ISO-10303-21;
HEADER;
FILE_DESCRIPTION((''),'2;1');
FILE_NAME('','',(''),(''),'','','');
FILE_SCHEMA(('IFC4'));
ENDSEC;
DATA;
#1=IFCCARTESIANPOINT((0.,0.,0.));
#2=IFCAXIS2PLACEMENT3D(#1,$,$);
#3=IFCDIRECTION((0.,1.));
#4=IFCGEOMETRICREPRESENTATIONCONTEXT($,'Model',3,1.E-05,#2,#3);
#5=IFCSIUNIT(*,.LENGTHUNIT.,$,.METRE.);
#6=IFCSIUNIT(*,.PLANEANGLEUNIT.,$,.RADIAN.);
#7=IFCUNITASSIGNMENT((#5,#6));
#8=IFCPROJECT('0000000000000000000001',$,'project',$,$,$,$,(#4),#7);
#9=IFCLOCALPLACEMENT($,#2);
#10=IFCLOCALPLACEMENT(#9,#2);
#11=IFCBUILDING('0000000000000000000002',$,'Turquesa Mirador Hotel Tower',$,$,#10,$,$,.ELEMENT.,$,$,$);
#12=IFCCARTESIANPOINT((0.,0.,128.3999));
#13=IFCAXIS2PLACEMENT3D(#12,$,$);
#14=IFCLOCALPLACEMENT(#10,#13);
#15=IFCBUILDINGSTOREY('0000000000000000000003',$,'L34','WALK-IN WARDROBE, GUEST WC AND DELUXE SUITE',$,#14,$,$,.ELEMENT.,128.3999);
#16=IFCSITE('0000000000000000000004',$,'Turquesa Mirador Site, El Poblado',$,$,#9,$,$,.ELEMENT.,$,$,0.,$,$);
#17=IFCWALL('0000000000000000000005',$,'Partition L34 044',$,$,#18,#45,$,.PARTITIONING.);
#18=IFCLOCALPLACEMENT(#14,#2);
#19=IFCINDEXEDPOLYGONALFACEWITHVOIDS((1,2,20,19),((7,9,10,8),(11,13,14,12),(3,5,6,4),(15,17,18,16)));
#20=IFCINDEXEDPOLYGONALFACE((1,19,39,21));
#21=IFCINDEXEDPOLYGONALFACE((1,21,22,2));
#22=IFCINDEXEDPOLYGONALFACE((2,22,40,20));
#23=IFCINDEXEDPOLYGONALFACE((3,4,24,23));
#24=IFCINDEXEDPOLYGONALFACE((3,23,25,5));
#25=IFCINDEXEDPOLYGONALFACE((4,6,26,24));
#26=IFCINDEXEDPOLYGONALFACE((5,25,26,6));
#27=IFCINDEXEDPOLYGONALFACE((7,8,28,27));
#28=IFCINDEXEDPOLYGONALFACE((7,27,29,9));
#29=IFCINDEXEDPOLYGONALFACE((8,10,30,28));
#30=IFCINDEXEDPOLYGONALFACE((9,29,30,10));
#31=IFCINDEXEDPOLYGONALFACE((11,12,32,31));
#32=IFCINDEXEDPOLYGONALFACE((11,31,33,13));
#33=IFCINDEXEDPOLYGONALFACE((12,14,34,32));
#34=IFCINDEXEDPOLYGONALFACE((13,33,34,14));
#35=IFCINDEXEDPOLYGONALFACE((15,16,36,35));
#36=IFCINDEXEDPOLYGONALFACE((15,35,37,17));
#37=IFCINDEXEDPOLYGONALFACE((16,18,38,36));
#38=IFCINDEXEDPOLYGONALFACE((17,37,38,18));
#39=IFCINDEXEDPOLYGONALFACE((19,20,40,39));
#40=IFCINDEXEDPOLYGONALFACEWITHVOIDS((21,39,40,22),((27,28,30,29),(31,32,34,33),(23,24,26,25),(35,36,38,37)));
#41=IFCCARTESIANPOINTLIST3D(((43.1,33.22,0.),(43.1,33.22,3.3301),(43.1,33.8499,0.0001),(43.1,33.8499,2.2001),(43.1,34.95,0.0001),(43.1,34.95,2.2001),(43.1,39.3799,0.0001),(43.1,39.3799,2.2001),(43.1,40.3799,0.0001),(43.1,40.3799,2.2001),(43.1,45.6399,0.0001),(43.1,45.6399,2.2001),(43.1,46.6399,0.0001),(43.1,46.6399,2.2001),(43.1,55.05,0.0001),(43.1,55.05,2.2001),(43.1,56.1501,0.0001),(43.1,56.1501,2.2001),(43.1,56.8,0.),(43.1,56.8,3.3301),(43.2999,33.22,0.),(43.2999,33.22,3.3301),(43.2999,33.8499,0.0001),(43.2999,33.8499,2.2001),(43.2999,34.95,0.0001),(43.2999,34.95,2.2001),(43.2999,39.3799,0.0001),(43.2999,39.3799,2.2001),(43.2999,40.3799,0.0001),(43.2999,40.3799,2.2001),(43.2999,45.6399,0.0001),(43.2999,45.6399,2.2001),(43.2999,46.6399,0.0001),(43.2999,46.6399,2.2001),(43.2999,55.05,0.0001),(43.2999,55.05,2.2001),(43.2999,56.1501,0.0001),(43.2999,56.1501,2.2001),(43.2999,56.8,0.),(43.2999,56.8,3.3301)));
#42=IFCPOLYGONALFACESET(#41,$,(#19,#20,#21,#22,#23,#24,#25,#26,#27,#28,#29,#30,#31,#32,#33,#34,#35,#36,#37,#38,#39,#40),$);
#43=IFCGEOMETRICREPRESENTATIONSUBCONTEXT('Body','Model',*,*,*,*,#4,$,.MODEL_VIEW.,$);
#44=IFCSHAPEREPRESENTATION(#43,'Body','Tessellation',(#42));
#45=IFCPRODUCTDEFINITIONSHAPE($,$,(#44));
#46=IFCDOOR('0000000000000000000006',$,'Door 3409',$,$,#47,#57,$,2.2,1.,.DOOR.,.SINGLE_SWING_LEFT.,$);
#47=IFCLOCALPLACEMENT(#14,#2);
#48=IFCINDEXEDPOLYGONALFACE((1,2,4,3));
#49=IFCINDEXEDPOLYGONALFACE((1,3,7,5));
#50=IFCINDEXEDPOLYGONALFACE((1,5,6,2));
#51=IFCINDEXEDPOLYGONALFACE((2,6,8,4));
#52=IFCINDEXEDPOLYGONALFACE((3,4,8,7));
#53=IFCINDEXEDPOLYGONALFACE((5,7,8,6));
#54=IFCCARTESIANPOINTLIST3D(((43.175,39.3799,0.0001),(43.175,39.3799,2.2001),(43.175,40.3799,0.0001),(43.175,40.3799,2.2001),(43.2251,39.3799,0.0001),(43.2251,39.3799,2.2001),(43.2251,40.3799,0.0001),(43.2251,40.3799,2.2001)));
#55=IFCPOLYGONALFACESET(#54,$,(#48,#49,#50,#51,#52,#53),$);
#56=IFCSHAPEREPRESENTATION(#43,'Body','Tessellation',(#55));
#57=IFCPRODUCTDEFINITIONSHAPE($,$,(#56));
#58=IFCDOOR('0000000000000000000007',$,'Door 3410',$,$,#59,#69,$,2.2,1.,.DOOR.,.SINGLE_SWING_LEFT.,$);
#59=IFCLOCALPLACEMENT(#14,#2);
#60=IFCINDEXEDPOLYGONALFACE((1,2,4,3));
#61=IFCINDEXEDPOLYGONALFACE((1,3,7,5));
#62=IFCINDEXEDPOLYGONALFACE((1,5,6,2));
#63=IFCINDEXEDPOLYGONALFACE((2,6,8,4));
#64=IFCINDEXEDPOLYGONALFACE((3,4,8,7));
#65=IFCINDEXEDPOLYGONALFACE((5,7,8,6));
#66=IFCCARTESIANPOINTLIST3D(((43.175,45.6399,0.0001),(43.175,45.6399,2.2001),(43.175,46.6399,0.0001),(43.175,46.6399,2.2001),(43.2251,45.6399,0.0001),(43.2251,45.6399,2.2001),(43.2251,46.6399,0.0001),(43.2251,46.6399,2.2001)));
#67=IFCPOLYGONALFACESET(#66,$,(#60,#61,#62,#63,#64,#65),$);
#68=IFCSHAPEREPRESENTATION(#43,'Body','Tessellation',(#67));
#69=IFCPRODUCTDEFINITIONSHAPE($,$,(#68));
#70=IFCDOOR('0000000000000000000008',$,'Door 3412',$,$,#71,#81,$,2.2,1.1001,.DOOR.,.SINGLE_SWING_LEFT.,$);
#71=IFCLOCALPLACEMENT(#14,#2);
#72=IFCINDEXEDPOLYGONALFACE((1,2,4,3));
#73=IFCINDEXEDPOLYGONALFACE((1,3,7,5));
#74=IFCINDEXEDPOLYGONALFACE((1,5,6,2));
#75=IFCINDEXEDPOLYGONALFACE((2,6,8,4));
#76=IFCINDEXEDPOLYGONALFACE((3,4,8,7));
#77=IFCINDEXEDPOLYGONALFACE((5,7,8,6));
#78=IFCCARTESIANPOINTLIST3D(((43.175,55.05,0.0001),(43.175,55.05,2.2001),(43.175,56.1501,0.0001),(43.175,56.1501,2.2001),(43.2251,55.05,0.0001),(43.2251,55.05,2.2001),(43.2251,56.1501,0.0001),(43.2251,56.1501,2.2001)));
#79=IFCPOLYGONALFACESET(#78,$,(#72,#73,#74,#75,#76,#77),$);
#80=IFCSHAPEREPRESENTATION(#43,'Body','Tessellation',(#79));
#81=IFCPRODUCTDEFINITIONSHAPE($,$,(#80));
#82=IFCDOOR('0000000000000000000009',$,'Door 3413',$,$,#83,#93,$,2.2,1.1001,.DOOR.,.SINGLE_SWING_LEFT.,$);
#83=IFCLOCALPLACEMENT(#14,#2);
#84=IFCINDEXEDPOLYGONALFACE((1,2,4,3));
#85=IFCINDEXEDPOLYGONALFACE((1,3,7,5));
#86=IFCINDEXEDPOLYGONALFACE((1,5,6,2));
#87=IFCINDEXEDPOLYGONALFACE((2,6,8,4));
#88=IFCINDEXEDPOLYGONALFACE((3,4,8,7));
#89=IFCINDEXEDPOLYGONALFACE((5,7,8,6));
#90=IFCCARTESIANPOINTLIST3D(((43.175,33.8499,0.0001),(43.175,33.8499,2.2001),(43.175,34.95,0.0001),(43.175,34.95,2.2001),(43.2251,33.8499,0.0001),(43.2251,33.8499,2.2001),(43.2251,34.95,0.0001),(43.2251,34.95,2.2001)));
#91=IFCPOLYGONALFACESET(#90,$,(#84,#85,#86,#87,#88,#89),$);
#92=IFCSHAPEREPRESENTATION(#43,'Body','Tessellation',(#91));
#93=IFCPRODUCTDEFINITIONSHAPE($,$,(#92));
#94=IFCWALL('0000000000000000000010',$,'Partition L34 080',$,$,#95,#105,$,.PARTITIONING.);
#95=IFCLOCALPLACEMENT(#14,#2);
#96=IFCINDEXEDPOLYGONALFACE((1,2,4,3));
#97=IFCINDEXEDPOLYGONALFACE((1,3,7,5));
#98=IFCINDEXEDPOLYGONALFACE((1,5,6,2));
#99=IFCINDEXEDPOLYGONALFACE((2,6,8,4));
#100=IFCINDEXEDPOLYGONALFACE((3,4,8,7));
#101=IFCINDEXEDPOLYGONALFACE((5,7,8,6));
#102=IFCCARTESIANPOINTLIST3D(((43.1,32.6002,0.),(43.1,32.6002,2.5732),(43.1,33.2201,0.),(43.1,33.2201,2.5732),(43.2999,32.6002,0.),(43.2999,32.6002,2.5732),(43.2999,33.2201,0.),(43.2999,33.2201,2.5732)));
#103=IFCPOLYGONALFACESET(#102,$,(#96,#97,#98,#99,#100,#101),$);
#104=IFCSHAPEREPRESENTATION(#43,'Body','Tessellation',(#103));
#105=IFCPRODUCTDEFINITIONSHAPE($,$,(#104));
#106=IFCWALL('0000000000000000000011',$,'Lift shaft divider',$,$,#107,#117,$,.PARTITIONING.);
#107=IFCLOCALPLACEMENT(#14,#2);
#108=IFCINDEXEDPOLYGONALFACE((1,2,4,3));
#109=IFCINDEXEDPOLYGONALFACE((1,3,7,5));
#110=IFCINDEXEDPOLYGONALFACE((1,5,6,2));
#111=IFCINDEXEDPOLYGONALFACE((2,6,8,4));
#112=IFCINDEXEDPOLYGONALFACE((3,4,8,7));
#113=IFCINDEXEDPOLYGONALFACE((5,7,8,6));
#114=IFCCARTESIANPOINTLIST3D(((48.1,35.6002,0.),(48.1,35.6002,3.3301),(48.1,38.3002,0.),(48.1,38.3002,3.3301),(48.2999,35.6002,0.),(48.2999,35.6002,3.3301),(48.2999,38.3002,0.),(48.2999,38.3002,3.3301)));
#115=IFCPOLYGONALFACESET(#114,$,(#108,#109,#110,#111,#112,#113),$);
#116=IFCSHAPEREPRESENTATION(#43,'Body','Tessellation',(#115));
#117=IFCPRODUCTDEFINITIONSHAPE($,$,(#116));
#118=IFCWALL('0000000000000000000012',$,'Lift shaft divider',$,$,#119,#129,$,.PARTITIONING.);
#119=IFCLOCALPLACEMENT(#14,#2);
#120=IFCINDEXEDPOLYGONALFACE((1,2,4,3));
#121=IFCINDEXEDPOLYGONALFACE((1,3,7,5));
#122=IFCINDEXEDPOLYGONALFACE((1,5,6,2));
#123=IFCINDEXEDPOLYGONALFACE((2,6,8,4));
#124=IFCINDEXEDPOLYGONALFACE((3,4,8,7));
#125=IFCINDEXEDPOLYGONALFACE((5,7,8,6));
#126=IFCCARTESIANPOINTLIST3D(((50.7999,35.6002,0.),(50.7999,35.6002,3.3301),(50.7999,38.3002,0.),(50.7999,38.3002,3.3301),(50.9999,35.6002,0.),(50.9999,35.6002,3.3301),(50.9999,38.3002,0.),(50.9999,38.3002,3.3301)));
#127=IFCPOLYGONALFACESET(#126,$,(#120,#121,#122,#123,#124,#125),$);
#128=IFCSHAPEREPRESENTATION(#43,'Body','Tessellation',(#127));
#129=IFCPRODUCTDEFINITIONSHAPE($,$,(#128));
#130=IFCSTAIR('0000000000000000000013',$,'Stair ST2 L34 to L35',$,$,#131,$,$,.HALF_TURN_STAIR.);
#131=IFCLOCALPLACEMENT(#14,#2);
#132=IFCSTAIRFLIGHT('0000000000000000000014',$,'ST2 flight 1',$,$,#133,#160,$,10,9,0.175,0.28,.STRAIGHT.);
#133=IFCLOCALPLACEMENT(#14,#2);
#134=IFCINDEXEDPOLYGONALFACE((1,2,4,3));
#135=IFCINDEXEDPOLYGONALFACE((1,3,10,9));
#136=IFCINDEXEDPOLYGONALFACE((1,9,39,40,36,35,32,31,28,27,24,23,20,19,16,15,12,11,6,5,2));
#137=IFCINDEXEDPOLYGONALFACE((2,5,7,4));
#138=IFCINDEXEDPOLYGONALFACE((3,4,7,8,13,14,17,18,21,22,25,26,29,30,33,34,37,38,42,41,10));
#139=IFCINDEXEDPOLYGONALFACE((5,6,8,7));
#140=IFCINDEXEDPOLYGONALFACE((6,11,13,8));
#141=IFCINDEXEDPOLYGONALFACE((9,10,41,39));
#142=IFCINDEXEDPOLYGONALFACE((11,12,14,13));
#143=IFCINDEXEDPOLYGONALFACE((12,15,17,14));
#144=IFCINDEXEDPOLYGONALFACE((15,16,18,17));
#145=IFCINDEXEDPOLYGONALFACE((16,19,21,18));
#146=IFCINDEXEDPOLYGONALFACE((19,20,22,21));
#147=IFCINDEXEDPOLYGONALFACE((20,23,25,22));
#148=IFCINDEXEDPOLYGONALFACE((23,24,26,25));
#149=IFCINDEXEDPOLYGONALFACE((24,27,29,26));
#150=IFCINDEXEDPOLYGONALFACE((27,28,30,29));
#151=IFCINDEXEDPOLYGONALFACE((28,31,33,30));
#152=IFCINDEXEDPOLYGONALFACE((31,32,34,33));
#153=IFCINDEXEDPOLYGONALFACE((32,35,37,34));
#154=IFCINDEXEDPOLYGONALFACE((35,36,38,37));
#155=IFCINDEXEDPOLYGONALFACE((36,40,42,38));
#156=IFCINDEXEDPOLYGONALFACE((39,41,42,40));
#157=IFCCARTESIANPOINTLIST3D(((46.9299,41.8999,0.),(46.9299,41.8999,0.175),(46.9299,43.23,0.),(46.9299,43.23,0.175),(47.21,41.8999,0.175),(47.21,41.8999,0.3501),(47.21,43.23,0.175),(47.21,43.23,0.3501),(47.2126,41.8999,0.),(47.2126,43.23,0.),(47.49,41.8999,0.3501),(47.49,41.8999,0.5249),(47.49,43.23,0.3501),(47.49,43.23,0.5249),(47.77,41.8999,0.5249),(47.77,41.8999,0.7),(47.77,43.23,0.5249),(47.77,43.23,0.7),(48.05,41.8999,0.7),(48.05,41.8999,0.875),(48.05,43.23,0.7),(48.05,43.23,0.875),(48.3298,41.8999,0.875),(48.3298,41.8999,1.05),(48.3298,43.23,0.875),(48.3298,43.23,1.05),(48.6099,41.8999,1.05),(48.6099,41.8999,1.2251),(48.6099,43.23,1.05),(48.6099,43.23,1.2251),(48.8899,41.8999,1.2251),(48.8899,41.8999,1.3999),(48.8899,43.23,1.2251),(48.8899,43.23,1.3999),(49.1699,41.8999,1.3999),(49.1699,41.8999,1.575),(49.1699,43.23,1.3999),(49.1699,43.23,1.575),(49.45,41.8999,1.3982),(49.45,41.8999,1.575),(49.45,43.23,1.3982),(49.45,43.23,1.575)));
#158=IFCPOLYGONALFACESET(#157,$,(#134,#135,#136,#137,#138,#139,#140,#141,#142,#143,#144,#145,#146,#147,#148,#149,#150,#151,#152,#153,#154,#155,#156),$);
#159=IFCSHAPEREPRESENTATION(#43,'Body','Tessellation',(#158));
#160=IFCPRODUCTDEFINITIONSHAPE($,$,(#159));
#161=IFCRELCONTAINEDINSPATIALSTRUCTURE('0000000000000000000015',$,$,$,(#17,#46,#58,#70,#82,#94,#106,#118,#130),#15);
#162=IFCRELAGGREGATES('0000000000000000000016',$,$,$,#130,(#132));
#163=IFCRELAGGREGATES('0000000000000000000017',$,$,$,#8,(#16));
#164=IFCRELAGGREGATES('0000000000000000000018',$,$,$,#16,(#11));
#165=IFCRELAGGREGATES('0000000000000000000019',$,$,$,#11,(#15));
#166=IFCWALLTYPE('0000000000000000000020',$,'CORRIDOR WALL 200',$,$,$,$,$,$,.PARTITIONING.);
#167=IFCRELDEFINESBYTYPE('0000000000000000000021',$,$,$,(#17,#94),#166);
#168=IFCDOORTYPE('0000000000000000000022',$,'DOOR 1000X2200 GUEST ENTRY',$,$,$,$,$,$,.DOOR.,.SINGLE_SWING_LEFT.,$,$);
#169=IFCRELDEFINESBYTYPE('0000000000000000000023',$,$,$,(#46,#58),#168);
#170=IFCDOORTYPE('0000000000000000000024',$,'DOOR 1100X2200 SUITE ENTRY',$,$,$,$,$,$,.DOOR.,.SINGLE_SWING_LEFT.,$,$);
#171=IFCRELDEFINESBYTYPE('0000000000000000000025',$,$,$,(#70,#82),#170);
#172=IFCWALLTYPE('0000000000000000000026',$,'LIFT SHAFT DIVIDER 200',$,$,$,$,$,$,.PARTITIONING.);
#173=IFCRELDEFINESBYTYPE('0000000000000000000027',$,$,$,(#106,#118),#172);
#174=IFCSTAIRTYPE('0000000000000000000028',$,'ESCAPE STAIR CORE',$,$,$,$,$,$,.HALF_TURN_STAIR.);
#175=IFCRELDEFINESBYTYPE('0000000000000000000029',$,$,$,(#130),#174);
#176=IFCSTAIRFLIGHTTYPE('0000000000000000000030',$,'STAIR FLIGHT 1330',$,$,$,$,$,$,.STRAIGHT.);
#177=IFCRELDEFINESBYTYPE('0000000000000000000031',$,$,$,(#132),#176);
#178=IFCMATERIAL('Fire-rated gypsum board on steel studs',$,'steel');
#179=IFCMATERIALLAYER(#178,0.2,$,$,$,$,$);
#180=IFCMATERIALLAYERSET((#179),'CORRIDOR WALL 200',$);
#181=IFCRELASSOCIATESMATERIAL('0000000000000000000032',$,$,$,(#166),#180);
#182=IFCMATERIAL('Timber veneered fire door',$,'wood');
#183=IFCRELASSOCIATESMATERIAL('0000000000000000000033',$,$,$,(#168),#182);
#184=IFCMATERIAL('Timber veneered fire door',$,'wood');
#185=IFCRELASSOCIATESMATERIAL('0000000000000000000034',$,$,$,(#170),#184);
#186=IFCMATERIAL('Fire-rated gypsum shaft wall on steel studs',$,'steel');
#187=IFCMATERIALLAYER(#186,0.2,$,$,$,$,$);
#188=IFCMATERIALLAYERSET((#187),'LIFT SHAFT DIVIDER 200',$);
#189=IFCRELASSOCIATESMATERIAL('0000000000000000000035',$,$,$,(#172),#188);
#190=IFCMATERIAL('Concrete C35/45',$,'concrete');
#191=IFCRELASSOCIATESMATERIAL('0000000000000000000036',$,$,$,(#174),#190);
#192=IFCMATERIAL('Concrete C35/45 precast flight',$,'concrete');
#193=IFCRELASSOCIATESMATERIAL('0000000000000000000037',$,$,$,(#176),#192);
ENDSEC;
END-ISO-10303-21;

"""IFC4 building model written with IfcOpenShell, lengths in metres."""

from ifc_helpers import new_model, si_unit, direction, frame, frame_2d, origin, place, context, subcontext, project, spatial, polyline, rectangle, outline, extrude, material, layer, layer_set, type_object, element, fill, aggregate, save


model = new_model("IFC4")

# Units and contexts
model_context = context("Model", 3, precision=1e-05, world=origin(), true_north=direction((0.0, 1.0)))
body_context = subcontext(model_context, "Body", "Model", "MODEL_VIEW")
ifc_project = project(units=[si_unit("LENGTHUNIT", "METRE"), si_unit("PLANEANGLEUNIT", "RADIAN")], contexts=[model_context])

# Site, building, storey
site_placement = place(None, origin())
site = spatial("IfcSite", under=ifc_project, at=site_placement, Name="Turquesa Mirador Site, El Poblado", CompositionType="ELEMENT", RefElevation=0.0)
building_placement = place(site_placement, origin())
building = spatial("IfcBuilding", under=site, at=building_placement, Name="Turquesa Mirador Hotel Tower", CompositionType="ELEMENT")
storey_placement = place(building_placement, frame((0.0, 0.0, 128.3999)))
storey = spatial("IfcBuildingStorey", under=building, at=storey_placement, Name="L34", Description="WALK-IN WARDROBE, GUEST WC AND DELUXE SUITE", CompositionType="ELEMENT", Elevation=128.3999)

# Wall, openings, doors
ifc_material_1 = material(Name="Fire-rated gypsum board on steel studs", Category="steel")
ifc_layer_1 = layer(ifc_material_1, 0.2)
ifc_layer_set_1 = layer_set([ifc_layer_1], Name="CORRIDOR WALL 200")
wall_type_1 = type_object("IfcWallType", Name="CORRIDOR WALL 200", PredefinedType="PARTITIONING", material=ifc_layer_set_1)
ifc_material_2 = material(Name="Timber veneered fire door", Category="wood")
door_type_1 = type_object("IfcDoorType", Name="DOOR 1000X2200 GUEST ENTRY", OperationType="SINGLE_SWING_LEFT", PredefinedType="DOOR", material=ifc_material_2)
ifc_material_3 = material(Name="Timber veneered fire door", Category="wood")
door_type_2 = type_object("IfcDoorType", Name="DOOR 1100X2200 SUITE ENTRY", OperationType="SINGLE_SWING_LEFT", PredefinedType="DOOR", material=ifc_material_3)
wall_1_placement = place(storey_placement, frame((43.2, 33.22, 0.0), z_axis=(0.0, 0.0, 1.0), x_axis=(0.0, 1.0, 0.0)))
wall_1 = element("IfcWall", 1, at=wall_1_placement, inside=storey, type_object=wall_type_1, Name="Partition L34 044", PredefinedType="PARTITIONING", context=body_context, shape_type="SweptSolid", body=[
    extrude(rectangle(XDim=23.5801, YDim=0.2, at=frame_2d((11.79, 0.0))), origin(), (0.0, 0.0, 1.0), 3.3301),
])
opening_1_placement = place(wall_1_placement, frame((6.1599, 0.0, 0.0)))
opening_1 = element("IfcOpeningElement", 2, at=opening_1_placement, cuts=wall_1, PredefinedType="OPENING", context=body_context, shape_type="SweptSolid", body=[
    extrude(rectangle(XDim=1.0, YDim=2.2, at=frame_2d((0.5, 1.1001))), frame((0.0, 0.1099, 0.0), z_axis=(0.0, -1.0, 0.0), x_axis=(1.0, 0.0, 0.0)), (0.0, 0.0, 1.0), 0.22),
])
opening_2_placement = place(wall_1_placement, frame((12.4199, 0.0, 0.0)))
opening_2 = element("IfcOpeningElement", 3, at=opening_2_placement, cuts=wall_1, PredefinedType="OPENING", context=body_context, shape_type="SweptSolid", body=[
    extrude(rectangle(XDim=1.0, YDim=2.2, at=frame_2d((0.5, 1.1001))), frame((0.0, 0.1099, 0.0), z_axis=(0.0, -1.0, 0.0), x_axis=(1.0, 0.0, 0.0)), (0.0, 0.0, 1.0), 0.22),
])
opening_3_placement = place(wall_1_placement, frame((21.8301, 0.0, 0.0)))
opening_3 = element("IfcOpeningElement", 4, at=opening_3_placement, cuts=wall_1, PredefinedType="OPENING", context=body_context, shape_type="SweptSolid", body=[
    extrude(rectangle(XDim=1.1001, YDim=2.2, at=frame_2d((0.55, 1.1001))), frame((0.0, 0.1099, 0.0), z_axis=(0.0, -1.0, 0.0), x_axis=(1.0, 0.0, 0.0)), (0.0, 0.0, 1.0), 0.22),
])
opening_4_placement = place(wall_1_placement, frame((0.6299, 0.0, 0.0)))
opening_4 = element("IfcOpeningElement", 5, at=opening_4_placement, cuts=wall_1, PredefinedType="OPENING", context=body_context, shape_type="SweptSolid", body=[
    extrude(rectangle(XDim=1.1001, YDim=2.2, at=frame_2d((0.55, 1.1001))), frame((0.0, 0.1099, 0.0), z_axis=(0.0, -1.0, 0.0), x_axis=(1.0, 0.0, 0.0)), (0.0, 0.0, 1.0), 0.22),
])
door_1_placement = place(opening_1_placement, origin())
door_1 = element("IfcDoor", 6, at=door_1_placement, inside=storey, type_object=door_type_1, Name="Door 3409", OperationType="SINGLE_SWING_LEFT", OverallHeight=2.2, OverallWidth=1.0, PredefinedType="DOOR", context=body_context, shape_type="SweptSolid", body=[
    extrude(rectangle(XDim=1.0, YDim=2.2, at=frame_2d((0.5, 1.1001))), frame((0.0, 0.0249, 0.0), z_axis=(0.0, -1.0, 0.0), x_axis=(1.0, 0.0, 0.0)), (0.0, 0.0, 1.0), 0.05),
])
fill(opening_1, door_1)
door_2_placement = place(opening_2_placement, origin())
door_2 = element("IfcDoor", 7, at=door_2_placement, inside=storey, type_object=door_type_1, Name="Door 3410", OperationType="SINGLE_SWING_LEFT", OverallHeight=2.2, OverallWidth=1.0, PredefinedType="DOOR", context=body_context, shape_type="SweptSolid", body=[
    extrude(rectangle(XDim=1.0, YDim=2.2, at=frame_2d((0.5, 1.1001))), frame((0.0, 0.0249, 0.0), z_axis=(0.0, -1.0, 0.0), x_axis=(1.0, 0.0, 0.0)), (0.0, 0.0, 1.0), 0.05),
])
fill(opening_2, door_2)
door_3_placement = place(opening_3_placement, origin())
door_3 = element("IfcDoor", 8, at=door_3_placement, inside=storey, type_object=door_type_2, Name="Door 3412", OperationType="SINGLE_SWING_LEFT", OverallHeight=2.2, OverallWidth=1.1001, PredefinedType="DOOR", context=body_context, shape_type="SweptSolid", body=[
    extrude(rectangle(XDim=1.1001, YDim=2.2, at=frame_2d((0.55, 1.1001))), frame((0.0, 0.0249, 0.0), z_axis=(0.0, -1.0, 0.0), x_axis=(1.0, 0.0, 0.0)), (0.0, 0.0, 1.0), 0.05),
])
fill(opening_3, door_3)
door_4_placement = place(opening_4_placement, origin())
door_4 = element("IfcDoor", 9, at=door_4_placement, inside=storey, type_object=door_type_2, Name="Door 3413", OperationType="SINGLE_SWING_LEFT", OverallHeight=2.2, OverallWidth=1.1001, PredefinedType="DOOR", context=body_context, shape_type="SweptSolid", body=[
    extrude(rectangle(XDim=1.1001, YDim=2.2, at=frame_2d((0.55, 1.1001))), frame((0.0, 0.0249, 0.0), z_axis=(0.0, -1.0, 0.0), x_axis=(1.0, 0.0, 0.0)), (0.0, 0.0, 1.0), 0.05),
])
fill(opening_4, door_4)

# Walls
wall_2_placement = place(storey_placement, frame((43.2, 32.6001, 0.0), z_axis=(0.0, 0.0, 1.0), x_axis=(0.0, 1.0, 0.0)))
element("IfcWall", 10, at=wall_2_placement, inside=storey, type_object=wall_type_1, Name="Partition L34 080", PredefinedType="PARTITIONING", context=body_context, shape_type="SweptSolid", body=[
    extrude(rectangle(XDim=0.6199, YDim=0.2, at=frame_2d((0.3101, 0.0))), origin(), (0.0, 0.0, 1.0), 2.5732),
])
ifc_material_4 = material(Name="Fire-rated gypsum shaft wall on steel studs", Category="steel")
ifc_layer_2 = layer(ifc_material_4, 0.2)
ifc_layer_set_2 = layer_set([ifc_layer_2], Name="LIFT SHAFT DIVIDER 200")
wall_type_2 = type_object("IfcWallType", Name="LIFT SHAFT DIVIDER 200", PredefinedType="PARTITIONING", material=ifc_layer_set_2)
for number, where, z_axis, x_axis, name in (
    (11, (48.2, 35.6001, 0.0), (0.0, 0.0, 1.0), (0.0, 1.0, 0.0), "Lift shaft divider"),
    (12, (50.8999, 35.6001, 0.0), (0.0, 0.0, 1.0), (0.0, 1.0, 0.0), "Lift shaft divider"),
):
    element("IfcWall", number, at=place(storey_placement, frame(where, z_axis=z_axis, x_axis=x_axis)), inside=storey, type_object=wall_type_2, Name=name, PredefinedType="PARTITIONING", context=body_context, shape_type="SweptSolid", body=[
        extrude(rectangle(XDim=2.7, YDim=0.2, at=frame_2d((1.3501, 0.0))), origin(), (0.0, 0.0, 1.0), 3.3301),
    ])

# Stair, stair flight
ifc_material_5 = material(Name="Concrete C35/45", Category="concrete")
stair_type = type_object("IfcStairType", Name="ESCAPE STAIR CORE", PredefinedType="HALF_TURN_STAIR", material=ifc_material_5)
stair_placement = place(storey_placement, origin())
stair = element("IfcStair", 13, at=stair_placement, inside=storey, type_object=stair_type, Name="Stair ST2 L34 to L35", PredefinedType="HALF_TURN_STAIR")
ifc_material_6 = material(Name="Concrete C35/45 precast flight", Category="concrete")
stair_flight_type = type_object("IfcStairFlightType", Name="STAIR FLIGHT 1330", PredefinedType="STRAIGHT", material=ifc_material_6)
stair_flight_placement = place(storey_placement, frame((46.9299, 42.5649, 0.0), z_axis=(0.0, 0.0, 1.0), x_axis=(1.0, 0.0, 0.0)))
stair_flight = element("IfcStairFlight", 14, at=stair_flight_placement, type_object=stair_flight_type, Name="ST2 flight 1", NumberOfRisers=10, NumberOfTreads=9, PredefinedType="STRAIGHT", RiserHeight=0.175, TreadLength=0.28, context=body_context, shape_type="SweptSolid", body=[
    extrude(outline(polyline([(0.0, 0.0), (0.0, 0.175), (0.28, 0.175), (0.28, 0.3501), (0.5601, 0.3501), (0.5601, 0.5249), (0.8401, 0.5249), (0.8401, 0.7), (1.1201, 0.7), (1.1201, 0.875), (1.3999, 0.875), (1.3999, 1.05), (1.6799, 1.05), (1.6799, 1.2251), (1.96, 1.2251), (1.96, 1.3999), (2.24, 1.3999), (2.24, 1.575), (2.52, 1.575), (2.52, 1.75), (2.52, 1.3982), (0.2827, 0.0), (0.0, 0.0)])), frame((0.0, 0.665, 0.0), z_axis=(0.0, -1.0, 0.0), x_axis=(1.0, 0.0, 0.0)), (0.0, 0.0, 1.0), 1.3301),
])
aggregate(stair, [stair_flight])

save(model, "model.ifc")
